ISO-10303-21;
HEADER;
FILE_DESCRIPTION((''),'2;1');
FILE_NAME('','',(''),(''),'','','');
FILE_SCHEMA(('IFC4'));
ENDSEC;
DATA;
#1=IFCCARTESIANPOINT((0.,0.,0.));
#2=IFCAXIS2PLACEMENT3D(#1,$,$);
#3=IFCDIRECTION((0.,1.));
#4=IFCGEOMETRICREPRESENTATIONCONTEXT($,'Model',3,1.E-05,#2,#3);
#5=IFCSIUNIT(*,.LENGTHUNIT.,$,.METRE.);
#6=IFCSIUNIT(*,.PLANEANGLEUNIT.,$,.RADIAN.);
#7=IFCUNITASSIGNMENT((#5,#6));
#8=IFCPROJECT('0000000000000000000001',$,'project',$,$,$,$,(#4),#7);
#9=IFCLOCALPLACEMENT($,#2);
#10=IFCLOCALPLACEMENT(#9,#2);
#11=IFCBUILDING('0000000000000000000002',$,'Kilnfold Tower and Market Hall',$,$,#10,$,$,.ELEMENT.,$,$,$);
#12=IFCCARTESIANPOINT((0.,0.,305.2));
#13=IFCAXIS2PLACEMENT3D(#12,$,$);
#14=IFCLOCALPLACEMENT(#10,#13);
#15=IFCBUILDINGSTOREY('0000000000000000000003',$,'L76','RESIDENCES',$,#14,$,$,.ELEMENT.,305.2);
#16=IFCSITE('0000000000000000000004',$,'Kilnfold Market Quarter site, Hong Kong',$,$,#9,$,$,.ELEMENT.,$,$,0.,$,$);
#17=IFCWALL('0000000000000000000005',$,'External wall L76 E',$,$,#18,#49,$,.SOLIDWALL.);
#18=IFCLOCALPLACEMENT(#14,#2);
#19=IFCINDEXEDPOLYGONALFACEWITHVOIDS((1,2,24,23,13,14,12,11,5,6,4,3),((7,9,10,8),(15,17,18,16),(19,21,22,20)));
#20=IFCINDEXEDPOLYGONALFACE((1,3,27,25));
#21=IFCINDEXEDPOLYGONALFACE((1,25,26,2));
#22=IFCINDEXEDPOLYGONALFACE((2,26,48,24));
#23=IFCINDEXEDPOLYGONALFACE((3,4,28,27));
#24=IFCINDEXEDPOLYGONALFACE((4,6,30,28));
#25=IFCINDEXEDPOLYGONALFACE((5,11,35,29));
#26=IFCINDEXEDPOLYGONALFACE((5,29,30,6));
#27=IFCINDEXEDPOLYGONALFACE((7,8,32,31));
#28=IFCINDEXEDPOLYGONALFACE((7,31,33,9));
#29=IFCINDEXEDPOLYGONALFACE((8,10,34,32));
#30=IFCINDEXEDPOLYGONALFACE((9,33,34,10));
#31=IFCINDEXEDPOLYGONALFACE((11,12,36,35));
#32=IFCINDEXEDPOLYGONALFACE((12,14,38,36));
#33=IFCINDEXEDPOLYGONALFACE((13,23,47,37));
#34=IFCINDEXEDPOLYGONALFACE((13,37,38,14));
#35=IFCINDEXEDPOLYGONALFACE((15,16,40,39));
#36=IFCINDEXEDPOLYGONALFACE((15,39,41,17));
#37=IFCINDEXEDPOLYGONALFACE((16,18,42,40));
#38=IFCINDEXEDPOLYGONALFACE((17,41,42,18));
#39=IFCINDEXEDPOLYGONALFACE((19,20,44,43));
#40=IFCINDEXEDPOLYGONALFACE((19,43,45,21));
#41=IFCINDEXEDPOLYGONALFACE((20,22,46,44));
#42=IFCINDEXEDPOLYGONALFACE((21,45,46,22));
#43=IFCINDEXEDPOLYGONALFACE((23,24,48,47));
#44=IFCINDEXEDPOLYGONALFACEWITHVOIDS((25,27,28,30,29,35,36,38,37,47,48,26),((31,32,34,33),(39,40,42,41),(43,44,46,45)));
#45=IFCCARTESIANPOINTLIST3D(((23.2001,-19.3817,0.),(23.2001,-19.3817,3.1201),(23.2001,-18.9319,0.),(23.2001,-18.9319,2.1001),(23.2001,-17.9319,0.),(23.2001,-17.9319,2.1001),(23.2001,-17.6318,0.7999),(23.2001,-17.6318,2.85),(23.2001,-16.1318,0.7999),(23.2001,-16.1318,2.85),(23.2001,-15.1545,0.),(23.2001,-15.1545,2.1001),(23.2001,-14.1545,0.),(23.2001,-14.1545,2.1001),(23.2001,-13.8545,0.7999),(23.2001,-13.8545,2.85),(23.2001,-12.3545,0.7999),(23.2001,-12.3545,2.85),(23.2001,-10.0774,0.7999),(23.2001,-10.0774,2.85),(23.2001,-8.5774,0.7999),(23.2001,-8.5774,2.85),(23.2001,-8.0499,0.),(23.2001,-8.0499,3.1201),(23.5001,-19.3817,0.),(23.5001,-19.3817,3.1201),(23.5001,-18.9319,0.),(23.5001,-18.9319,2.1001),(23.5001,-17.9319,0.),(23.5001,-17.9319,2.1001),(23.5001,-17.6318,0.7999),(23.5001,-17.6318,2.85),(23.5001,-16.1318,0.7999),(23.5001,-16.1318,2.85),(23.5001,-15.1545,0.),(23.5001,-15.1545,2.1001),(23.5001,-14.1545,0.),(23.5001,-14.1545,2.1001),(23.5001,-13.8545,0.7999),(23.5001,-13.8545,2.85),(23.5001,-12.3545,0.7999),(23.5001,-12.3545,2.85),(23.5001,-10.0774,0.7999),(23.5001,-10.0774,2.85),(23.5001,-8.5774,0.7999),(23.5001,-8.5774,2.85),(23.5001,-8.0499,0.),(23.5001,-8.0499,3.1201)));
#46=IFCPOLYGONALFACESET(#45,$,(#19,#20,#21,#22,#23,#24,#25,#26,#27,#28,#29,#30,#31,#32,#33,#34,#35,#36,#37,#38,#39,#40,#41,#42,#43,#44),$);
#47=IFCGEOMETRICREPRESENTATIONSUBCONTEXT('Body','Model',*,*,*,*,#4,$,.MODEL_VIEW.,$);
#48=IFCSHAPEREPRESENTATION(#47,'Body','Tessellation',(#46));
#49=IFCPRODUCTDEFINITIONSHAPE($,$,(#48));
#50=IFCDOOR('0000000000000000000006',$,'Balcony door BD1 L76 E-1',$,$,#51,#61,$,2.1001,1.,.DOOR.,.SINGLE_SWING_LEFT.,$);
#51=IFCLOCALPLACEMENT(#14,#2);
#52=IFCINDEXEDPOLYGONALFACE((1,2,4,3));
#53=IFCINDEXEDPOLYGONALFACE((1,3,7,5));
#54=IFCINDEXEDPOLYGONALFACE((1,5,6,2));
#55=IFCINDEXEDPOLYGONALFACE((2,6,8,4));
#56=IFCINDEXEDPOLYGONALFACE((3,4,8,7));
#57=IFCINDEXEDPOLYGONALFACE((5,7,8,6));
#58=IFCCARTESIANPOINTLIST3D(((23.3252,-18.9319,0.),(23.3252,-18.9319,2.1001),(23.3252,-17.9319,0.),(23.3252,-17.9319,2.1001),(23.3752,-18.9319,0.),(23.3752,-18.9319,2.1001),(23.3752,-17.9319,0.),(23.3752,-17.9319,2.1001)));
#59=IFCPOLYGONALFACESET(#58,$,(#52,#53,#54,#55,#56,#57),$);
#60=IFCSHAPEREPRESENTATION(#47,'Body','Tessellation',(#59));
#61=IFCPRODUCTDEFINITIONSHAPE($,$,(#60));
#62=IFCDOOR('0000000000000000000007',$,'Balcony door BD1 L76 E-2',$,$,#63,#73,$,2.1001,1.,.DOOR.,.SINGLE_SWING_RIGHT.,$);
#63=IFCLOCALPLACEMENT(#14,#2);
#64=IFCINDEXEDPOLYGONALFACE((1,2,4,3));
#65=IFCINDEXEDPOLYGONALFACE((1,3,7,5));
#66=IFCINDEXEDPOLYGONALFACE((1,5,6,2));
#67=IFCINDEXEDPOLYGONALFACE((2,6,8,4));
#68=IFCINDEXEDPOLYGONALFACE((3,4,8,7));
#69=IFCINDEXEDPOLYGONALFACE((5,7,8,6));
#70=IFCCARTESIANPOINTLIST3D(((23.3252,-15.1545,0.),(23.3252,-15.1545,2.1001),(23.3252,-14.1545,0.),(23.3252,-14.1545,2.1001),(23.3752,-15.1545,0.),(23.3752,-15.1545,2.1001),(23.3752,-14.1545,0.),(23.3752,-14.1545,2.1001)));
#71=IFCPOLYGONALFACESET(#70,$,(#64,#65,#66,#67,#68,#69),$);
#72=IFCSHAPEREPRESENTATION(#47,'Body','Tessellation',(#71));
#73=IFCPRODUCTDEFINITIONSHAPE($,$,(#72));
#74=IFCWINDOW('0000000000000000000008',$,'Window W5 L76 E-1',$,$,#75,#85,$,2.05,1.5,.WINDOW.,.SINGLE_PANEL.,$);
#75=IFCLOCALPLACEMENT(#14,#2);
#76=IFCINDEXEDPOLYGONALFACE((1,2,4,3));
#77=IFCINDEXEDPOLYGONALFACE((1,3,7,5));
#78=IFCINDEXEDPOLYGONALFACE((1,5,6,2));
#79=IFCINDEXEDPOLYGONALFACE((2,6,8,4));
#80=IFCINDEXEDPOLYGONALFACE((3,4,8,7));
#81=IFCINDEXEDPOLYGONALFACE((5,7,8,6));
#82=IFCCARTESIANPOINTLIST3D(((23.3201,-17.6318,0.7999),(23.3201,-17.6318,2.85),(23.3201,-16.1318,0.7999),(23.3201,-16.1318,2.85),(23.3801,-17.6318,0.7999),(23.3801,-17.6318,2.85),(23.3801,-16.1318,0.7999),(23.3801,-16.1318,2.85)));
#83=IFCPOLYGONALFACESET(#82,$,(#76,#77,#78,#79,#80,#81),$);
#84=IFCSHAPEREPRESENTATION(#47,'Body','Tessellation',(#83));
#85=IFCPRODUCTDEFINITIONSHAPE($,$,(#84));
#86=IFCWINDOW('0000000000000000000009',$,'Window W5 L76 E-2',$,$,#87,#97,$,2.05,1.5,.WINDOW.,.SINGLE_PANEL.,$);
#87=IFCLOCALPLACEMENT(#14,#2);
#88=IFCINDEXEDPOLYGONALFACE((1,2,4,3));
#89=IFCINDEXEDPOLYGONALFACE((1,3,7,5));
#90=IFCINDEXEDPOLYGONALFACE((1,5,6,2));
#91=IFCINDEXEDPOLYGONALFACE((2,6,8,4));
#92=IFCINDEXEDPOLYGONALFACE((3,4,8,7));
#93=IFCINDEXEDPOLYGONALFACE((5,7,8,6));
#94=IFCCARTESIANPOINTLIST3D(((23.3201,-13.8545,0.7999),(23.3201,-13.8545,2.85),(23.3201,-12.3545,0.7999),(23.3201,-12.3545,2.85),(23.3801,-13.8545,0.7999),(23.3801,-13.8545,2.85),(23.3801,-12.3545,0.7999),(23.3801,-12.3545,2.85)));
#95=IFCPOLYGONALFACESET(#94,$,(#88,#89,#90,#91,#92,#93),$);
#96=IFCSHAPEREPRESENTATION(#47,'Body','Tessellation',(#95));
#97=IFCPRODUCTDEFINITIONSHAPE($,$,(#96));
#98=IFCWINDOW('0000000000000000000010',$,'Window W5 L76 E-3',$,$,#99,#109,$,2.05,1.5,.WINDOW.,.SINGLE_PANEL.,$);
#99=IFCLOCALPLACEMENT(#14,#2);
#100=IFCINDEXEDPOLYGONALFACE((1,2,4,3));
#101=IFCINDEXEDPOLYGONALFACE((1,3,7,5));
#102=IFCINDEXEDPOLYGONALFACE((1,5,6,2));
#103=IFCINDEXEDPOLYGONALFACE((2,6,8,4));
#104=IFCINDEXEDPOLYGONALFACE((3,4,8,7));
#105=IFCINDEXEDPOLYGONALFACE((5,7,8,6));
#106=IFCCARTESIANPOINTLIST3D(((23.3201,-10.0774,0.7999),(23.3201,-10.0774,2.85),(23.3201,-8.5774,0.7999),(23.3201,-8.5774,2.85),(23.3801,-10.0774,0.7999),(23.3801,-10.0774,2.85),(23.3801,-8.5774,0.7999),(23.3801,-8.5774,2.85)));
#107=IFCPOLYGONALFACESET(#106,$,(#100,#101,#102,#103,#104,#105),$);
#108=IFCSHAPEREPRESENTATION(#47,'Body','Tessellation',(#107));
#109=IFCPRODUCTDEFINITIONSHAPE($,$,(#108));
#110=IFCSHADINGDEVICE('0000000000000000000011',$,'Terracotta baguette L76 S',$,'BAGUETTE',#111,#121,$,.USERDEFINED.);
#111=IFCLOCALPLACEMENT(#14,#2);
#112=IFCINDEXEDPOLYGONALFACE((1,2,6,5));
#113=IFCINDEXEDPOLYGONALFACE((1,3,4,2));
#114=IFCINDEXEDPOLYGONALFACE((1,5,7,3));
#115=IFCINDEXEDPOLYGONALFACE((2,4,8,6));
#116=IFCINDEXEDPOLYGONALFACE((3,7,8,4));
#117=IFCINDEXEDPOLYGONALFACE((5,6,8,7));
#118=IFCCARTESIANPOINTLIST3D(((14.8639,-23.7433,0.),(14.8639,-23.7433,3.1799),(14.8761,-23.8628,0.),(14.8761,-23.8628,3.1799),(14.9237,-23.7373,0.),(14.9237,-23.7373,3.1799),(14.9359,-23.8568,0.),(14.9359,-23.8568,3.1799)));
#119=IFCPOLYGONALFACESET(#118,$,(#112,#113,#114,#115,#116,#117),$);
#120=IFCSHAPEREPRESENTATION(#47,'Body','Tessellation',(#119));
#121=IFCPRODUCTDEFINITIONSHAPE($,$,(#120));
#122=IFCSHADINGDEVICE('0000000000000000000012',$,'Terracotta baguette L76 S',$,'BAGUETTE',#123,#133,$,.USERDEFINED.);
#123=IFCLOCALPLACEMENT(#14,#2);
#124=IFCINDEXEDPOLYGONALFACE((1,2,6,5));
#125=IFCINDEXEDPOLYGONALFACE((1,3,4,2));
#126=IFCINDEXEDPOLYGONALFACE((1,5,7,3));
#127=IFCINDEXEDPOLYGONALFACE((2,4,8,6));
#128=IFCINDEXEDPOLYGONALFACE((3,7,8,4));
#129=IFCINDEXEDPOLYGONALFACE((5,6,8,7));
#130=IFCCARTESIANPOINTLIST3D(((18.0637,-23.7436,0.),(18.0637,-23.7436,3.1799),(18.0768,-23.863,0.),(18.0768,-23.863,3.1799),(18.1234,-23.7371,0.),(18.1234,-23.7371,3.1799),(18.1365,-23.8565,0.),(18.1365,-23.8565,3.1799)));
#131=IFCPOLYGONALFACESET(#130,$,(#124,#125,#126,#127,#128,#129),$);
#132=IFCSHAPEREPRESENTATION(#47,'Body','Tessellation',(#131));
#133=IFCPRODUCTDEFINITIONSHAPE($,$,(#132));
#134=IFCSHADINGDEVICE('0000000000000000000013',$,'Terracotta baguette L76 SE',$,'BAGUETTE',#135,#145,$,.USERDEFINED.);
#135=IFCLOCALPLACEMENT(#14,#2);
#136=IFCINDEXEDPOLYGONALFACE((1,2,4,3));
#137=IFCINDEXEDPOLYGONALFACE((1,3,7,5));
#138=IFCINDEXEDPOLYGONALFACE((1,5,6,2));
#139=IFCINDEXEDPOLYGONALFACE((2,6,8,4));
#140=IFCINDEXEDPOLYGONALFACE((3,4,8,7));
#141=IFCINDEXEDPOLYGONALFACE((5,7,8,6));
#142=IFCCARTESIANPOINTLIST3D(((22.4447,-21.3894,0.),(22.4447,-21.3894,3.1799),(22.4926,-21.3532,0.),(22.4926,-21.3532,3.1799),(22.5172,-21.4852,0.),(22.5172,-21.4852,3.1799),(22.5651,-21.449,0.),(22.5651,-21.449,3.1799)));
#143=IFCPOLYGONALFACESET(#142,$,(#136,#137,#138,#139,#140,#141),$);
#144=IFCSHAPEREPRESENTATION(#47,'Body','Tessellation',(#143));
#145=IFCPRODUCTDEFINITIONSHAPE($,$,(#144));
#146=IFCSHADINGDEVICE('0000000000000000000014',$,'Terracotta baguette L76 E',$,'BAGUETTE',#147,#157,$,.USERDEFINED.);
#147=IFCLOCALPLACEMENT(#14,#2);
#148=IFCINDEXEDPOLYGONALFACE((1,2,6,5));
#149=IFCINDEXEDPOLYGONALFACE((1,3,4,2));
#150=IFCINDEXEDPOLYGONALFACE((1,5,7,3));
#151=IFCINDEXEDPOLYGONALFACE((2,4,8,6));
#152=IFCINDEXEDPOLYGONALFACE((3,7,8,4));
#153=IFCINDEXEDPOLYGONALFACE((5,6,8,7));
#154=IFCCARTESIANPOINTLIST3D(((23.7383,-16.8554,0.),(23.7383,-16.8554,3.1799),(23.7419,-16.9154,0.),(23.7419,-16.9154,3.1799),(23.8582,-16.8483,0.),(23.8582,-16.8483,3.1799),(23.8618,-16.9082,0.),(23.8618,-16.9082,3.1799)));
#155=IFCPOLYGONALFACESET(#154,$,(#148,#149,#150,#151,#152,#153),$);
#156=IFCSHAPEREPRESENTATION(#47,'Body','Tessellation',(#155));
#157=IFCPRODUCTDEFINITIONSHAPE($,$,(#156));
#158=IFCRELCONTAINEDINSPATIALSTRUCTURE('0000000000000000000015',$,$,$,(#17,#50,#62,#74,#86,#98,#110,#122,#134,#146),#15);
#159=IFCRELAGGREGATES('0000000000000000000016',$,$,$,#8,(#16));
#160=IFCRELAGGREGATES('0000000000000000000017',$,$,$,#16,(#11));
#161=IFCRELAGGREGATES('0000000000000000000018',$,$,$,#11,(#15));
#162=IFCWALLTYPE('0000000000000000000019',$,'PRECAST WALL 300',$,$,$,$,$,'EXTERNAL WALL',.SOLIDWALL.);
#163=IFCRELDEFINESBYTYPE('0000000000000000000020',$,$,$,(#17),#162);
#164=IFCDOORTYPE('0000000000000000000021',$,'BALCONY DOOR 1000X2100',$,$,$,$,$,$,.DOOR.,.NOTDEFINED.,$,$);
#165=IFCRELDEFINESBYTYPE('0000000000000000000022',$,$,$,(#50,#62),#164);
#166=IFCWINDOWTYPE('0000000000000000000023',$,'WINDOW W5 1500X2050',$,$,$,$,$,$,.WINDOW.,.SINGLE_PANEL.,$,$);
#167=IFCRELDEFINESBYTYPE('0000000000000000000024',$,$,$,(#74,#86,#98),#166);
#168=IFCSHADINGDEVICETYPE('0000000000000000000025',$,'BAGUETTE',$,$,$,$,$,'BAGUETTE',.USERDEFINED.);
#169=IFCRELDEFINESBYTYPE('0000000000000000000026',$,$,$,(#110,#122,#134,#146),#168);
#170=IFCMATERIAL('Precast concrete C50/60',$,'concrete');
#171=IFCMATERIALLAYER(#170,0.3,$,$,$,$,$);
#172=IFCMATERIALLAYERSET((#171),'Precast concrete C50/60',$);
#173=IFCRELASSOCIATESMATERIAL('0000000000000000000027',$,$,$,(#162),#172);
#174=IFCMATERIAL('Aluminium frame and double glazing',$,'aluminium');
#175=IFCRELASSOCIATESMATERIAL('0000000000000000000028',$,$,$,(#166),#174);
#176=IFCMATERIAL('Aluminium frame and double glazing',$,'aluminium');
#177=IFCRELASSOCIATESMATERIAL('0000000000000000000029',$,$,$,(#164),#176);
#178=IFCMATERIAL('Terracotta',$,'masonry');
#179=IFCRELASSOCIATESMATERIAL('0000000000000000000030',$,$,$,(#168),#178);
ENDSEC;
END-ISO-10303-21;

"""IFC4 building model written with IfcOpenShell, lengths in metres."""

from ifc_helpers import new_model, si_unit, direction, frame, frame_2d, origin, origin_2d, place, context, subcontext, project, spatial, rectangle, extrude, source, transform, mapped, material, layer, layer_set, material_profile, profile_set, type_object, element, fill, save


model = new_model("IFC4")

# Units and contexts
model_context = context("Model", 3, precision=1e-05, world=origin(), true_north=direction((0.0, 1.0)))
body_context = subcontext(model_context, "Body", "Model", "MODEL_VIEW")
ifc_project = project(units=[si_unit("LENGTHUNIT", "METRE"), si_unit("PLANEANGLEUNIT", "RADIAN")], contexts=[model_context])

# Site, building, storey
site_placement = place(None, origin())
site = spatial("IfcSite", under=ifc_project, at=site_placement, Name="Kilnfold Market Quarter site, Hong Kong", CompositionType="ELEMENT", RefElevation=0.0)
building_placement = place(site_placement, origin())
building = spatial("IfcBuilding", under=site, at=building_placement, Name="Kilnfold Tower and Market Hall", CompositionType="ELEMENT")
storey_placement = place(building_placement, frame((0.0, 0.0, 305.2)))
storey = spatial("IfcBuildingStorey", under=building, at=storey_placement, Name="L76", Description="RESIDENCES", CompositionType="ELEMENT", Elevation=305.2)

# Shared definitions
ifc_material_1 = material(Name="Precast concrete C50/60", Category="concrete")
ifc_layer_1 = layer(ifc_material_1, 0.3)
ifc_layer_set_1 = layer_set([ifc_layer_1], Name="Precast concrete C50/60")
wall_type_1 = type_object("IfcWallType", Name="PRECAST WALL 300", ElementType="EXTERNAL WALL", PredefinedType="SOLIDWALL", material=ifc_layer_set_1)
ifc_material_2 = material(Name="Aluminium frame and double glazing", Category="aluminium")
window_type = type_object("IfcWindowType", Name="WINDOW W5 1500X2050", PartitioningType="SINGLE_PANEL", PredefinedType="WINDOW", material=ifc_material_2)

# Shared definitions
ifc_material_3 = material(Name="Aluminium frame and double glazing", Category="aluminium")
door_type_1 = type_object("IfcDoorType", Name="BALCONY DOOR 1000X2100", OperationType="NOTDEFINED", PredefinedType="DOOR", material=ifc_material_3)

# Wall, openings, doors, windows
shared_shape_1 = source(origin(), body_context, "Body", "SweptSolid", [
    extrude(rectangle(XDim=11.3318, YDim=0.3, at=frame_2d((5.666, 0.0))), origin(), (0.0, 0.0, 1.0), 3.1201),
])
wall_1_placement = place(storey_placement, frame((23.3501, -19.3818, 0.0), z_axis=(0.0, 0.0, 1.0), x_axis=(0.0, 1.0, 0.0)))
wall_1 = element("IfcWall", 1, at=wall_1_placement, inside=storey, type_object=wall_type_1, Name="External wall L76 E", PredefinedType="SOLIDWALL", context=body_context, shape_type="MappedRepresentation", body=[
    mapped(shared_shape_1, transform((0.0, 0.0, 0.0))),
])
opening_1_placement = place(wall_1_placement, frame((1.75, 0.0, 0.8)))
opening_1 = element("IfcOpeningElement", 2, at=opening_1_placement, cuts=wall_1, PredefinedType="OPENING", context=body_context, shape_type="SweptSolid", body=[
    extrude(rectangle(XDim=1.5, YDim=2.05, at=frame_2d((0.75, 1.0249))), frame((0.0, 0.1602, 0.0), z_axis=(0.0, -1.0, 0.0), x_axis=(1.0, 0.0, 0.0)), (0.0, 0.0, 1.0), 0.3201),
])
opening_2_placement = place(wall_1_placement, frame((0.45, 0.0, 0.0)))
opening_2 = element("IfcOpeningElement", 3, at=opening_2_placement, cuts=wall_1, PredefinedType="OPENING", context=body_context, shape_type="SweptSolid", body=[
    extrude(rectangle(XDim=1.0, YDim=2.1001, at=frame_2d((0.5, 1.05))), frame((0.0, 0.1602, 0.0), z_axis=(0.0, -1.0, 0.0), x_axis=(1.0, 0.0, 0.0)), (0.0, 0.0, 1.0), 0.3201),
])
opening_3_placement = place(wall_1_placement, frame((5.5273, 0.0, 0.8)))
opening_3 = element("IfcOpeningElement", 4, at=opening_3_placement, cuts=wall_1, PredefinedType="OPENING", context=body_context, shape_type="SweptSolid", body=[
    extrude(rectangle(XDim=1.5, YDim=2.05, at=frame_2d((0.75, 1.0249))), frame((0.0, 0.1602, 0.0), z_axis=(0.0, -1.0, 0.0), x_axis=(1.0, 0.0, 0.0)), (0.0, 0.0, 1.0), 0.3201),
])
opening_4_placement = place(wall_1_placement, frame((4.2273, 0.0, 0.0)))
opening_4 = element("IfcOpeningElement", 5, at=opening_4_placement, cuts=wall_1, PredefinedType="OPENING", context=body_context, shape_type="SweptSolid", body=[
    extrude(rectangle(XDim=1.0, YDim=2.1001, at=frame_2d((0.5, 1.05))), frame((0.0, 0.1602, 0.0), z_axis=(0.0, -1.0, 0.0), x_axis=(1.0, 0.0, 0.0)), (0.0, 0.0, 1.0), 0.3201),
])
opening_5_placement = place(wall_1_placement, frame((9.3044, 0.0, 0.8)))
opening_5 = element("IfcOpeningElement", 6, at=opening_5_placement, cuts=wall_1, PredefinedType="OPENING", context=body_context, shape_type="SweptSolid", body=[
    extrude(rectangle(XDim=1.5, YDim=2.05, at=frame_2d((0.75, 1.0249))), frame((0.0, 0.1602, 0.0), z_axis=(0.0, -1.0, 0.0), x_axis=(1.0, 0.0, 0.0)), (0.0, 0.0, 1.0), 0.3201),
])
door_1_placement = place(opening_2_placement, origin())
door_1 = element("IfcDoor", 7, at=door_1_placement, inside=storey, type_object=door_type_1, Name="Balcony door BD1 L76 E-1", OperationType="SINGLE_SWING_LEFT", OverallHeight=2.1001, OverallWidth=1.0, PredefinedType="DOOR", context=body_context, shape_type="SweptSolid", body=[
    extrude(rectangle(XDim=1.0, YDim=2.1001, at=frame_2d((0.5, 1.05))), frame((0.0, 0.0249, 0.0), z_axis=(0.0, -1.0, 0.0), x_axis=(1.0, 0.0, 0.0)), (0.0, 0.0, 1.0), 0.05),
])
fill(opening_2, door_1)
door_2_placement = place(opening_4_placement, origin())
door_2 = element("IfcDoor", 8, at=door_2_placement, inside=storey, type_object=door_type_1, Name="Balcony door BD1 L76 E-2", OperationType="SINGLE_SWING_RIGHT", OverallHeight=2.1001, OverallWidth=1.0, PredefinedType="DOOR", context=body_context, shape_type="SweptSolid", body=[
    extrude(rectangle(XDim=1.0, YDim=2.1001, at=frame_2d((0.5, 1.05))), frame((0.0, 0.0249, 0.0), z_axis=(0.0, -1.0, 0.0), x_axis=(1.0, 0.0, 0.0)), (0.0, 0.0, 1.0), 0.05),
])
fill(opening_4, door_2)
window_1_placement = place(opening_1_placement, origin())
window_1 = element("IfcWindow", 9, at=window_1_placement, inside=storey, type_object=window_type, Name="Window W5 L76 E-1", OverallHeight=2.05, OverallWidth=1.5, PartitioningType="SINGLE_PANEL", PredefinedType="WINDOW", context=body_context, shape_type="SweptSolid", body=[
    extrude(rectangle(XDim=1.5, YDim=2.05, at=frame_2d((0.75, 1.0249))), frame((0.0, 0.03, 0.0), z_axis=(0.0, -1.0, 0.0), x_axis=(1.0, 0.0, 0.0)), (0.0, 0.0, 1.0), 0.0601),
])
fill(opening_1, window_1)
window_2_placement = place(opening_3_placement, origin())
window_2 = element("IfcWindow", 10, at=window_2_placement, inside=storey, type_object=window_type, Name="Window W5 L76 E-2", OverallHeight=2.05, OverallWidth=1.5, PartitioningType="SINGLE_PANEL", PredefinedType="WINDOW", context=body_context, shape_type="SweptSolid", body=[
    extrude(rectangle(XDim=1.5, YDim=2.05, at=frame_2d((0.75, 1.0249))), frame((0.0, 0.03, 0.0), z_axis=(0.0, -1.0, 0.0), x_axis=(1.0, 0.0, 0.0)), (0.0, 0.0, 1.0), 0.0601),
])
fill(opening_3, window_2)
window_3_placement = place(opening_5_placement, origin())
window_3 = element("IfcWindow", 11, at=window_3_placement, inside=storey, type_object=window_type, Name="Window W5 L76 E-3", OverallHeight=2.05, OverallWidth=1.5, PartitioningType="SINGLE_PANEL", PredefinedType="WINDOW", context=body_context, shape_type="SweptSolid", body=[
    extrude(rectangle(XDim=1.5, YDim=2.05, at=frame_2d((0.75, 1.0249))), frame((0.0, 0.03, 0.0), z_axis=(0.0, -1.0, 0.0), x_axis=(1.0, 0.0, 0.0)), (0.0, 0.0, 1.0), 0.0601),
])
fill(opening_5, window_3)

# Shading devices
ifc_material_4 = material(Name="Terracotta", Category="masonry")
ifc_material_profile_1 = material_profile(ifc_material_4, rectangle(XDim=0.0601, YDim=0.1201, at=origin_2d()), Name="BAG 60x120")
ifc_profile_set_1 = profile_set([ifc_material_profile_1], Name="Terracotta")
shading_device_type = type_object("IfcShadingDeviceType", Name="BAGUETTE", ElementType="BAGUETTE", PredefinedType="USERDEFINED", material=ifc_profile_set_1)
shared_shape_2 = source(origin(), body_context, "Body", "SweptSolid", [
    extrude(rectangle(XDim=0.0601, YDim=0.1201, at=origin_2d()), origin(), (0.0, 0.0, 1.0), 3.1799),
])
for number, where, z_axis, x_axis, name in (
    (12, (14.8999, -23.8, 0.0), (0.0, 0.0, 1.0), (0.994842, 0.101437, 0.0), "Terracotta baguette L76 S"),
    (13, (18.1001, -23.8, 0.0), (0.0, 0.0, 1.0), (0.994116, 0.108324, 0.0), "Terracotta baguette L76 S"),
    (14, (22.5049, -21.4192, 0.0), (0.0, 0.0, 1.0), (0.797649, 0.603122, 0.0), "Terracotta baguette L76 SE"),
    (15, (23.8, -16.8818, 0.0), (0.0, 0.0, 1.0), (-0.059639, 0.99822, 0.0), "Terracotta baguette L76 E"),
):
    element("IfcShadingDevice", number, at=place(storey_placement, frame(where, z_axis=z_axis, x_axis=x_axis)), inside=storey, type_object=shading_device_type, Name=name, ObjectType="BAGUETTE", PredefinedType="USERDEFINED", context=body_context, shape_type="MappedRepresentation", body=[
        mapped(shared_shape_2, transform((0.0, 0.0, 0.0))),
    ])

save(model, "model.ifc")
